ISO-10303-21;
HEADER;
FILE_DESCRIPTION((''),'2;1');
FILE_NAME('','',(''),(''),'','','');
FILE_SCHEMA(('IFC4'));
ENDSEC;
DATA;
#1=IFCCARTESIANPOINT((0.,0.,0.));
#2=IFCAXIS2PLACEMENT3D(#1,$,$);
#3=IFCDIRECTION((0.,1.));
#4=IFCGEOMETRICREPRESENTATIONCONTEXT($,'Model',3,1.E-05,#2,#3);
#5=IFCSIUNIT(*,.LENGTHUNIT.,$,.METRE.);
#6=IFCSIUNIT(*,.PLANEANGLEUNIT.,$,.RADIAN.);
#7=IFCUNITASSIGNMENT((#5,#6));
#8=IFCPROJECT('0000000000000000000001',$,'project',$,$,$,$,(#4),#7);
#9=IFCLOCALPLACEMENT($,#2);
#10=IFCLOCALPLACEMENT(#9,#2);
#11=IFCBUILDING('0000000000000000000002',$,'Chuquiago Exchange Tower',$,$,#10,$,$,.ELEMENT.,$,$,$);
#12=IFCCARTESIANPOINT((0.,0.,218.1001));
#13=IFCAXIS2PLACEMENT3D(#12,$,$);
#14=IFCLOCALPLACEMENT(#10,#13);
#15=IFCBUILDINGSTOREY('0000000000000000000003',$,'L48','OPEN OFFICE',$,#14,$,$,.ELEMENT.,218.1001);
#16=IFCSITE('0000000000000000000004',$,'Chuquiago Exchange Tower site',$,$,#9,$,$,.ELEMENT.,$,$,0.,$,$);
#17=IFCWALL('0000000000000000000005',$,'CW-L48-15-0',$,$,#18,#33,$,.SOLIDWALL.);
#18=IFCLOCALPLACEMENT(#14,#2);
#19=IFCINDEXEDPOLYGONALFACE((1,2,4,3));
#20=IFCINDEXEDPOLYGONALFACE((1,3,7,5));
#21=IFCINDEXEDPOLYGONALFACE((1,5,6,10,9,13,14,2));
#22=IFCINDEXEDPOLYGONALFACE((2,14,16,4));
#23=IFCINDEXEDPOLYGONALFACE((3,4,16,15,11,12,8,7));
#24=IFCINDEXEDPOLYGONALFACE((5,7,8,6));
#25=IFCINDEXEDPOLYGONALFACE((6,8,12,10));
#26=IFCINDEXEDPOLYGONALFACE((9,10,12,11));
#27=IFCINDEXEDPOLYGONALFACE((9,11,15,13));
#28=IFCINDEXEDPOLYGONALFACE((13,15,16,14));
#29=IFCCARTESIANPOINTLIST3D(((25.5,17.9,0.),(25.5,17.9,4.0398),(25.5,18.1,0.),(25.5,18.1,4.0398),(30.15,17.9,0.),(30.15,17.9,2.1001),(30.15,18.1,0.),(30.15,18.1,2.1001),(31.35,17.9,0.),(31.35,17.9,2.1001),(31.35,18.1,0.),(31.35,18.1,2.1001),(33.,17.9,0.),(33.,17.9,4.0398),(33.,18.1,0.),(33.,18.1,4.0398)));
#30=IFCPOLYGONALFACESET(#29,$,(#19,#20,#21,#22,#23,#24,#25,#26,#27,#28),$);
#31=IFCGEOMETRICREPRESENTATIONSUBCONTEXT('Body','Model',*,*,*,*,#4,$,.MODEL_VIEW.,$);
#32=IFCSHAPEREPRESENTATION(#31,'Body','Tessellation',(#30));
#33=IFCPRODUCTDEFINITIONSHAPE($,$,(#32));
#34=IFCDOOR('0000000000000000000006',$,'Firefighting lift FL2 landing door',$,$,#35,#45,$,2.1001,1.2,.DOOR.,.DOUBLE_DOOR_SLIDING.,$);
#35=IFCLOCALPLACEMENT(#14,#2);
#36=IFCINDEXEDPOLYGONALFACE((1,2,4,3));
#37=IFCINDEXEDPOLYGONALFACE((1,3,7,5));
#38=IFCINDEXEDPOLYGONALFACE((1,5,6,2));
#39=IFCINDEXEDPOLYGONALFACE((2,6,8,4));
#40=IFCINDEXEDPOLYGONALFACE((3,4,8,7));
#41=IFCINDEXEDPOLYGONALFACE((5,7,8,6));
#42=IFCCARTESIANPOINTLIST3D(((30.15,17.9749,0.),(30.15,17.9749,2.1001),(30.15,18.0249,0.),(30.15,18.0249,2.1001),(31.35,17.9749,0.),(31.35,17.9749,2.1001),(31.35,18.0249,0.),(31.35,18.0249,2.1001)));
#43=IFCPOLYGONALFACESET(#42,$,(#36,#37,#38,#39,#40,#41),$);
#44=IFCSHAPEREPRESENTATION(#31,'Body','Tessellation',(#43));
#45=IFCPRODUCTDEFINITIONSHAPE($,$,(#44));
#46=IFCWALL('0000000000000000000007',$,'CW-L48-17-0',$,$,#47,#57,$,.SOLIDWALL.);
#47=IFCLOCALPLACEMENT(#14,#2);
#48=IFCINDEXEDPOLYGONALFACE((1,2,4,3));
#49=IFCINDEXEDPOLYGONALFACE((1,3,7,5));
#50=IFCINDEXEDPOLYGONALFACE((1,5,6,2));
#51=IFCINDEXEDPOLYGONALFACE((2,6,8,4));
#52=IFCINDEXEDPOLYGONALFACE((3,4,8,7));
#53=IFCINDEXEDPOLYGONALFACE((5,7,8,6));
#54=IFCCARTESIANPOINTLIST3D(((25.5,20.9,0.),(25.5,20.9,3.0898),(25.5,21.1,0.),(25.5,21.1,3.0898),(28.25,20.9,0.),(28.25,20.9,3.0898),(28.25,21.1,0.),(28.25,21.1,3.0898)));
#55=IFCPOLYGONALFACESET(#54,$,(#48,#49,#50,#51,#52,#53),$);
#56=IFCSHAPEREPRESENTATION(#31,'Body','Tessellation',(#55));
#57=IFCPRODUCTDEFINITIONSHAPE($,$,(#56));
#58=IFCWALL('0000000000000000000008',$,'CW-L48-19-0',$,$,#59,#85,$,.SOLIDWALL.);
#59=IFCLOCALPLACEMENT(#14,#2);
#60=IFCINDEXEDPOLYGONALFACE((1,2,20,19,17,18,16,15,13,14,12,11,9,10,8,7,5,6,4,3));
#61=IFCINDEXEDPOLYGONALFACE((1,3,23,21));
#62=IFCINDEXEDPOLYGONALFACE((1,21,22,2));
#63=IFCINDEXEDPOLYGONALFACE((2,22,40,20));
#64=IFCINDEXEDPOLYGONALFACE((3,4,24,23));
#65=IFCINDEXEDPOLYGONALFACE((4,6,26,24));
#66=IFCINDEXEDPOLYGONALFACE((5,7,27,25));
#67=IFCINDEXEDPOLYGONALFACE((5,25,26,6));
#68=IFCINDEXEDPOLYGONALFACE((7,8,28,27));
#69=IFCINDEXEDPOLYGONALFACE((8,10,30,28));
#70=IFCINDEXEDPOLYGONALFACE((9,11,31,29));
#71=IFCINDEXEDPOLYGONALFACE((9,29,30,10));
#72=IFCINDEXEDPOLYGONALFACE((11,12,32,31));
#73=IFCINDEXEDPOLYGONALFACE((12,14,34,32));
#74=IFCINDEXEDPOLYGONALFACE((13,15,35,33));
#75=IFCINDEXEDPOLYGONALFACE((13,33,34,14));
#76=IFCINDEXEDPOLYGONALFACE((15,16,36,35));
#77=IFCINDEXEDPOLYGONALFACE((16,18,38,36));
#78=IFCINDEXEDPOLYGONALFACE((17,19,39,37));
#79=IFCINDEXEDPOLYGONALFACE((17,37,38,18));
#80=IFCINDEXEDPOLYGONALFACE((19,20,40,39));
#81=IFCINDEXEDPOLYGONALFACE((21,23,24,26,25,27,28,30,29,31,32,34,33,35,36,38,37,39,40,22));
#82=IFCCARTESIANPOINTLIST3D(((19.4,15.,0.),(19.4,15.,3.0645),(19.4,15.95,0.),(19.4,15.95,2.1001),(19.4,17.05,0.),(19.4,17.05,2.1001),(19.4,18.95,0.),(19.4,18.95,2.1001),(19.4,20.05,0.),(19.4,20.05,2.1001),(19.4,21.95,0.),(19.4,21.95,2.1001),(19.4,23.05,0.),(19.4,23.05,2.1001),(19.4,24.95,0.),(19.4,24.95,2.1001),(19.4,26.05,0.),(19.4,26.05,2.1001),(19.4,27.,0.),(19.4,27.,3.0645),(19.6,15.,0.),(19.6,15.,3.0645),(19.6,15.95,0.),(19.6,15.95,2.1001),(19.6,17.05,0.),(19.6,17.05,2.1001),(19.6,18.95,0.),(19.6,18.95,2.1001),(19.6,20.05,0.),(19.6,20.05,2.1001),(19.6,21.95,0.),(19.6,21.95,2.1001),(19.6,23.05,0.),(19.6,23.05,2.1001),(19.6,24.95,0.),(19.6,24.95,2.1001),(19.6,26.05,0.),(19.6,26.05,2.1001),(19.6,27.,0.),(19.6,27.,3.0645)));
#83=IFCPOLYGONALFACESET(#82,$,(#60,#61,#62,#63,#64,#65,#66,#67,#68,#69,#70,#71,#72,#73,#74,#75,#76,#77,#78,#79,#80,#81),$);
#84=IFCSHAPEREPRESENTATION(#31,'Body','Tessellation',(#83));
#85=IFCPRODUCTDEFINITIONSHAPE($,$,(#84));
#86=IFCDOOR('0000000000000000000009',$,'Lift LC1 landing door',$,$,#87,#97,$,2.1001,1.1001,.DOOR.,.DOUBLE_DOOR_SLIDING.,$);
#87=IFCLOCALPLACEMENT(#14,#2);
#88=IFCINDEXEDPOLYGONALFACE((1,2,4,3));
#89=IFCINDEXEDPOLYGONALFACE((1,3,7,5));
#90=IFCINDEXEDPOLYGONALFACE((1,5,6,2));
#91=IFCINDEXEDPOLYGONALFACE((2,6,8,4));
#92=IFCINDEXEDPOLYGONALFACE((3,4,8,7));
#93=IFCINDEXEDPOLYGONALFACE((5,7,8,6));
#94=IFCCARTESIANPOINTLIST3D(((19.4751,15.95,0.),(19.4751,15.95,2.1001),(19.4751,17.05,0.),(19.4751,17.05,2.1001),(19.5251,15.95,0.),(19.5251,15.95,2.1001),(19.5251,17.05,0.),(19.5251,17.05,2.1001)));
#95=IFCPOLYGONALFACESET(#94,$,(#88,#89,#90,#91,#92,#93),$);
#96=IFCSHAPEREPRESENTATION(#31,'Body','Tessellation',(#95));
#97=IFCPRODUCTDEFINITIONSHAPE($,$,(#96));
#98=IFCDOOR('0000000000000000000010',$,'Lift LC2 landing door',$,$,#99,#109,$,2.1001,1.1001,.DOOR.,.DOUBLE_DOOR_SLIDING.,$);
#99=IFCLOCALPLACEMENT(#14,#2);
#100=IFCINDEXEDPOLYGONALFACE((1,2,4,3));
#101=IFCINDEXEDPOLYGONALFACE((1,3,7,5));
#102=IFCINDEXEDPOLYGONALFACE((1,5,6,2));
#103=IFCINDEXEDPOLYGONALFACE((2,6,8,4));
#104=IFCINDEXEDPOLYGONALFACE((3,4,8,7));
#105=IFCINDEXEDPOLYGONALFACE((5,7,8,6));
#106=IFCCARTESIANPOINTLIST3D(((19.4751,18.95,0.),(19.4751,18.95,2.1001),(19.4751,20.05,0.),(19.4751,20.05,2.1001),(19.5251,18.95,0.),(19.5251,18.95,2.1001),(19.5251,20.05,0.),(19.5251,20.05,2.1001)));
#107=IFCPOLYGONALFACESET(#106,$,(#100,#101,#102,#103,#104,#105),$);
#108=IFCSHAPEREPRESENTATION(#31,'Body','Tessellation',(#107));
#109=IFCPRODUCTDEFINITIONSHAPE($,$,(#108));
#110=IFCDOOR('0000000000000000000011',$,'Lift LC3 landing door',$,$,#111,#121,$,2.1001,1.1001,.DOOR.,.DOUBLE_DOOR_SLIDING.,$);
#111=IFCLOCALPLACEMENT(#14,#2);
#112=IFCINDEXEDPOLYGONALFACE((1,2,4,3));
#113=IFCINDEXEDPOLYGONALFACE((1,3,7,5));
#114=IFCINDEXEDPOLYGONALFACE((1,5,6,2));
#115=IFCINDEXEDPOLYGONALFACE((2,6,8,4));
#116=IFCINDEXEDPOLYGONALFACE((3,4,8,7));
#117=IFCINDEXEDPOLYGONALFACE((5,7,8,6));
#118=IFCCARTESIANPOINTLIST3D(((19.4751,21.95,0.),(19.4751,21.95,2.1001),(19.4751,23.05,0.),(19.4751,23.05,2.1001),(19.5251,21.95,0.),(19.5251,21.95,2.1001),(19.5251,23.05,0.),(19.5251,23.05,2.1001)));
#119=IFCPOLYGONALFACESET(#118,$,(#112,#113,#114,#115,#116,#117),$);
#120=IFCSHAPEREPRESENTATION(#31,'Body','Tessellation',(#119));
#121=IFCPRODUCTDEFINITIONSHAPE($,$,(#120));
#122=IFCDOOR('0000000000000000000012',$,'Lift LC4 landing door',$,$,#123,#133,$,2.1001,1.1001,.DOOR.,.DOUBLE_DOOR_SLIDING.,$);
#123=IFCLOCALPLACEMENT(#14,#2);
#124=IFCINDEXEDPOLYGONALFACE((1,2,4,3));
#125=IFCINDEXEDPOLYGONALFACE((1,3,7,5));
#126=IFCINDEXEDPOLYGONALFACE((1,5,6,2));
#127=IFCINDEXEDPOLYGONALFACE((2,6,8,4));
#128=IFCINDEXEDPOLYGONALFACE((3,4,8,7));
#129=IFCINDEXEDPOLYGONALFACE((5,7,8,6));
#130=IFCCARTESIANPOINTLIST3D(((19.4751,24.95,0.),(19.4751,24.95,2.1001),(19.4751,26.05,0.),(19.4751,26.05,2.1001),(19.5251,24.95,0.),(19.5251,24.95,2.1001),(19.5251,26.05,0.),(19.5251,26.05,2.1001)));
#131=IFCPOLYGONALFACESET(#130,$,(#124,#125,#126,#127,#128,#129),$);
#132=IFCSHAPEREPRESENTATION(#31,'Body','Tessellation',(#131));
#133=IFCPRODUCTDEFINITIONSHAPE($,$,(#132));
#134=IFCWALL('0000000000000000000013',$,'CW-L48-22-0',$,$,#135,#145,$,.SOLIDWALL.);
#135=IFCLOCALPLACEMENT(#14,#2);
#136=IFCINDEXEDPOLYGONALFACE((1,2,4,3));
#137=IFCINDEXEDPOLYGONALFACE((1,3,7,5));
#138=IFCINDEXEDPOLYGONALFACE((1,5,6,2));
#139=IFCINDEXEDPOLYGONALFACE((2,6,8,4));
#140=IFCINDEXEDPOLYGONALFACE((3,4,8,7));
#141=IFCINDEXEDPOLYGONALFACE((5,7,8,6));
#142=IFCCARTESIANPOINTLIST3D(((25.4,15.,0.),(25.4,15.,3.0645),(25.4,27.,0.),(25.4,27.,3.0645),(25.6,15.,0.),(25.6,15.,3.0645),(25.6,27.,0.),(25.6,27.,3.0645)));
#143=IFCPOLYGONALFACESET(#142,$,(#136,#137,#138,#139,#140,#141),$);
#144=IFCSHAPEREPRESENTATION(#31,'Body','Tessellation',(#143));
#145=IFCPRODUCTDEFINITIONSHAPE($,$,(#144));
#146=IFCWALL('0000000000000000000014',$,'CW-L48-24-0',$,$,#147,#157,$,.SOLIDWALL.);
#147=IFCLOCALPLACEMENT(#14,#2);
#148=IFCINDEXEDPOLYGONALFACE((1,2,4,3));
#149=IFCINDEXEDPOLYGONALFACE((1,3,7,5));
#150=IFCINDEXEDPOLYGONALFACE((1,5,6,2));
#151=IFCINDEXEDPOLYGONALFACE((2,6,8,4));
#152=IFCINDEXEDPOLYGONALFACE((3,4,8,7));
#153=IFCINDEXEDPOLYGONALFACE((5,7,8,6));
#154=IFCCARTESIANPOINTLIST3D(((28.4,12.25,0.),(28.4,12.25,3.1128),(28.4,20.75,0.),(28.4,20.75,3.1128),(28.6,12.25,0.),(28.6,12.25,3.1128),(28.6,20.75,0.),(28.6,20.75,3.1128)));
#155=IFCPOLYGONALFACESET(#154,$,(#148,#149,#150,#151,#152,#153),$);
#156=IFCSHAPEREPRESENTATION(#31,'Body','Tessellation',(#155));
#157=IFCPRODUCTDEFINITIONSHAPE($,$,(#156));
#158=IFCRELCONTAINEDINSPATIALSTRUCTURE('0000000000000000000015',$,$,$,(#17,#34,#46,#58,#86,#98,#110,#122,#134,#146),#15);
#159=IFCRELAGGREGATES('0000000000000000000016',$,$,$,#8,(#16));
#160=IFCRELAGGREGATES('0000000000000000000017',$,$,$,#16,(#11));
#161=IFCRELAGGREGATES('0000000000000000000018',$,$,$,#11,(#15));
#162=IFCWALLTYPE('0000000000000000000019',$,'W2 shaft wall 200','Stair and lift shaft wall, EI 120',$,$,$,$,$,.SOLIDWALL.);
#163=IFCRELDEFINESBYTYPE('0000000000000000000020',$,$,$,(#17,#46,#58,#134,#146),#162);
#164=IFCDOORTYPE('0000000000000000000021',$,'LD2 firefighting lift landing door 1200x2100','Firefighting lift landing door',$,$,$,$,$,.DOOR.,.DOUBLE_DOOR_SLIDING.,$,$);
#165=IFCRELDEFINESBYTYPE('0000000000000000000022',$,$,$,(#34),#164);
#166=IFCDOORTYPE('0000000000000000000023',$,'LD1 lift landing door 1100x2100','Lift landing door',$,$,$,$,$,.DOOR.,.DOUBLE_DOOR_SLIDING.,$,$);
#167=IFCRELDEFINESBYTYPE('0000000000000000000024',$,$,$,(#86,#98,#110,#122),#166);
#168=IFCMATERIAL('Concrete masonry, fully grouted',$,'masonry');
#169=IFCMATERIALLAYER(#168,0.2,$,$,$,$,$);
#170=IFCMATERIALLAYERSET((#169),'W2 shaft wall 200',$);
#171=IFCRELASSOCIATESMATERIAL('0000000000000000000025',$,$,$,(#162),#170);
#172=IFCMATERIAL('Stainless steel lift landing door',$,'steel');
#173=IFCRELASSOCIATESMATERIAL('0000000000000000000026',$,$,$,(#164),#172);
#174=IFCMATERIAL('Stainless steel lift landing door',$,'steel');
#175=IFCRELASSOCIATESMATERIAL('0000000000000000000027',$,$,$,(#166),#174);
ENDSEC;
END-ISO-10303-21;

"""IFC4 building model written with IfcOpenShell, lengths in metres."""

from ifc_helpers import new_model, si_unit, direction, frame, frame_2d, origin, place, context, subcontext, project, spatial, rectangle, extrude, material, layer, layer_set, type_object, element, fill, save


model = new_model("IFC4")

# Units and contexts
model_context = context("Model", 3, precision=1e-05, world=origin(), true_north=direction((0.0, 1.0)))
body_context = subcontext(model_context, "Body", "Model", "MODEL_VIEW")
ifc_project = project(units=[si_unit("LENGTHUNIT", "METRE"), si_unit("PLANEANGLEUNIT", "RADIAN")], contexts=[model_context])

# Site, building, storey
site_placement = place(None, origin())
site = spatial("IfcSite", under=ifc_project, at=site_placement, Name="Chuquiago Exchange Tower site", CompositionType="ELEMENT", RefElevation=0.0)
building_placement = place(site_placement, origin())
building = spatial("IfcBuilding", under=site, at=building_placement, Name="Chuquiago Exchange Tower", CompositionType="ELEMENT")
storey_placement = place(building_placement, frame((0.0, 0.0, 218.1001)))
storey = spatial("IfcBuildingStorey", under=building, at=storey_placement, Name="L48", Description="OPEN OFFICE", CompositionType="ELEMENT", Elevation=218.1001)

# Shared definitions
ifc_material_1 = material(Name="Concrete masonry, fully grouted", Category="masonry")
ifc_layer_1 = layer(ifc_material_1, 0.2)
ifc_layer_set_1 = layer_set([ifc_layer_1], Name="W2 shaft wall 200")
wall_type_1 = type_object("IfcWallType", Name="W2 shaft wall 200", Description="Stair and lift shaft wall, EI 120", PredefinedType="SOLIDWALL", material=ifc_layer_set_1)

# Wall, opening, door
wall_1_placement = place(storey_placement, frame((25.5, 18.0, 0.0), z_axis=(0.0, 0.0, 1.0), x_axis=(1.0, 0.0, 0.0)))
wall_1 = element("IfcWall", 1, at=wall_1_placement, inside=storey, type_object=wall_type_1, Name="CW-L48-15-0", PredefinedType="SOLIDWALL", context=body_context, shape_type="SweptSolid", body=[
    extrude(rectangle(XDim=7.5, YDim=0.2, at=frame_2d((3.75, 0.0))), origin(), (0.0, 0.0, 1.0), 4.0398),
])
opening_1_placement = place(wall_1_placement, frame((4.6499, 0.0, 0.0)))
opening_1 = element("IfcOpeningElement", 2, at=opening_1_placement, cuts=wall_1, PredefinedType="OPENING", context=body_context, shape_type="SweptSolid", body=[
    extrude(rectangle(XDim=1.2, YDim=2.1001, at=frame_2d((0.6001, 1.05))), frame((0.0, 0.1099, 0.0), z_axis=(0.0, -1.0, 0.0), x_axis=(1.0, 0.0, 0.0)), (0.0, 0.0, 1.0), 0.22),
])
ifc_material_2 = material(Name="Stainless steel lift landing door", Category="steel")
door_type_1 = type_object("IfcDoorType", Name="LD2 firefighting lift landing door 1200x2100", Description="Firefighting lift landing door", OperationType="DOUBLE_DOOR_SLIDING", PredefinedType="DOOR", material=ifc_material_2)
door_1_placement = place(opening_1_placement, origin())
door_1 = element("IfcDoor", 3, at=door_1_placement, inside=storey, type_object=door_type_1, Name="Firefighting lift FL2 landing door", OperationType="DOUBLE_DOOR_SLIDING", OverallHeight=2.1001, OverallWidth=1.2, PredefinedType="DOOR", context=body_context, shape_type="SweptSolid", body=[
    extrude(rectangle(XDim=1.2, YDim=2.1001, at=frame_2d((0.6001, 1.05))), frame((0.0, 0.0249, 0.0), z_axis=(0.0, -1.0, 0.0), x_axis=(1.0, 0.0, 0.0)), (0.0, 0.0, 1.0), 0.05),
])
fill(opening_1, door_1)

# Wall
wall_2_placement = place(storey_placement, frame((25.5, 21.0, 0.0), z_axis=(0.0, 0.0, 1.0), x_axis=(1.0, 0.0, 0.0)))
element("IfcWall", 4, at=wall_2_placement, inside=storey, type_object=wall_type_1, Name="CW-L48-17-0", PredefinedType="SOLIDWALL", context=body_context, shape_type="SweptSolid", body=[
    extrude(rectangle(XDim=2.75, YDim=0.2, at=frame_2d((1.375, 0.0))), origin(), (0.0, 0.0, 1.0), 3.0898),
])

# Wall, openings, doors
wall_3_placement = place(storey_placement, frame((19.5, 15.0, 0.0), z_axis=(0.0, 0.0, 1.0), x_axis=(0.0, 1.0, 0.0)))
wall_3 = element("IfcWall", 5, at=wall_3_placement, inside=storey, type_object=wall_type_1, Name="CW-L48-19-0", PredefinedType="SOLIDWALL", context=body_context, shape_type="SweptSolid", body=[
    extrude(rectangle(XDim=12.0, YDim=0.2, at=frame_2d((6.0, 0.0))), origin(), (0.0, 0.0, 1.0), 3.0645),
])
opening_2_placement = place(wall_3_placement, frame((0.95, 0.0, 0.0)))
opening_2 = element("IfcOpeningElement", 6, at=opening_2_placement, cuts=wall_3, PredefinedType="OPENING", context=body_context, shape_type="SweptSolid", body=[
    extrude(rectangle(XDim=1.1001, YDim=2.1001, at=frame_2d((0.55, 1.05))), frame((0.0, 0.1099, 0.0), z_axis=(0.0, -1.0, 0.0), x_axis=(1.0, 0.0, 0.0)), (0.0, 0.0, 1.0), 0.22),
])
opening_3_placement = place(wall_3_placement, frame((3.95, 0.0, 0.0)))
opening_3 = element("IfcOpeningElement", 7, at=opening_3_placement, cuts=wall_3, PredefinedType="OPENING", context=body_context, shape_type="SweptSolid", body=[
    extrude(rectangle(XDim=1.1001, YDim=2.1001, at=frame_2d((0.55, 1.05))), frame((0.0, 0.1099, 0.0), z_axis=(0.0, -1.0, 0.0), x_axis=(1.0, 0.0, 0.0)), (0.0, 0.0, 1.0), 0.22),
])
opening_4_placement = place(wall_3_placement, frame((6.95, 0.0, 0.0)))
opening_4 = element("IfcOpeningElement", 8, at=opening_4_placement, cuts=wall_3, PredefinedType="OPENING", context=body_context, shape_type="SweptSolid", body=[
    extrude(rectangle(XDim=1.1001, YDim=2.1001, at=frame_2d((0.55, 1.05))), frame((0.0, 0.1099, 0.0), z_axis=(0.0, -1.0, 0.0), x_axis=(1.0, 0.0, 0.0)), (0.0, 0.0, 1.0), 0.22),
])
opening_5_placement = place(wall_3_placement, frame((9.95, 0.0, 0.0)))
opening_5 = element("IfcOpeningElement", 9, at=opening_5_placement, cuts=wall_3, PredefinedType="OPENING", context=body_context, shape_type="SweptSolid", body=[
    extrude(rectangle(XDim=1.1001, YDim=2.1001, at=frame_2d((0.55, 1.05))), frame((0.0, 0.1099, 0.0), z_axis=(0.0, -1.0, 0.0), x_axis=(1.0, 0.0, 0.0)), (0.0, 0.0, 1.0), 0.22),
])
ifc_material_3 = material(Name="Stainless steel lift landing door", Category="steel")
door_type_2 = type_object("IfcDoorType", Name="LD1 lift landing door 1100x2100", Description="Lift landing door", OperationType="DOUBLE_DOOR_SLIDING", PredefinedType="DOOR", material=ifc_material_3)
door_2_placement = place(opening_2_placement, origin())
door_2 = element("IfcDoor", 10, at=door_2_placement, inside=storey, type_object=door_type_2, Name="Lift LC1 landing door", OperationType="DOUBLE_DOOR_SLIDING", OverallHeight=2.1001, OverallWidth=1.1001, PredefinedType="DOOR", context=body_context, shape_type="SweptSolid", body=[
    extrude(rectangle(XDim=1.1001, YDim=2.1001, at=frame_2d((0.55, 1.05))), frame((0.0, 0.0249, 0.0), z_axis=(0.0, -1.0, 0.0), x_axis=(1.0, 0.0, 0.0)), (0.0, 0.0, 1.0), 0.05),
])
fill(opening_2, door_2)
door_3_placement = place(opening_3_placement, origin())
door_3 = element("IfcDoor", 11, at=door_3_placement, inside=storey, type_object=door_type_2, Name="Lift LC2 landing door", OperationType="DOUBLE_DOOR_SLIDING", OverallHeight=2.1001, OverallWidth=1.1001, PredefinedType="DOOR", context=body_context, shape_type="SweptSolid", body=[
    extrude(rectangle(XDim=1.1001, YDim=2.1001, at=frame_2d((0.55, 1.05))), frame((0.0, 0.0249, 0.0), z_axis=(0.0, -1.0, 0.0), x_axis=(1.0, 0.0, 0.0)), (0.0, 0.0, 1.0), 0.05),
])
fill(opening_3, door_3)
door_4_placement = place(opening_4_placement, origin())
door_4 = element("IfcDoor", 12, at=door_4_placement, inside=storey, type_object=door_type_2, Name="Lift LC3 landing door", OperationType="DOUBLE_DOOR_SLIDING", OverallHeight=2.1001, OverallWidth=1.1001, PredefinedType="DOOR", context=body_context, shape_type="SweptSolid", body=[
    extrude(rectangle(XDim=1.1001, YDim=2.1001, at=frame_2d((0.55, 1.05))), frame((0.0, 0.0249, 0.0), z_axis=(0.0, -1.0, 0.0), x_axis=(1.0, 0.0, 0.0)), (0.0, 0.0, 1.0), 0.05),
])
fill(opening_4, door_4)
door_5_placement = place(opening_5_placement, origin())
door_5 = element("IfcDoor", 13, at=door_5_placement, inside=storey, type_object=door_type_2, Name="Lift LC4 landing door", OperationType="DOUBLE_DOOR_SLIDING", OverallHeight=2.1001, OverallWidth=1.1001, PredefinedType="DOOR", context=body_context, shape_type="SweptSolid", body=[
    extrude(rectangle(XDim=1.1001, YDim=2.1001, at=frame_2d((0.55, 1.05))), frame((0.0, 0.0249, 0.0), z_axis=(0.0, -1.0, 0.0), x_axis=(1.0, 0.0, 0.0)), (0.0, 0.0, 1.0), 0.05),
])
fill(opening_5, door_5)

# Walls
wall_4_placement = place(storey_placement, frame((25.5, 15.0, 0.0), z_axis=(0.0, 0.0, 1.0), x_axis=(0.0, 1.0, 0.0)))
element("IfcWall", 14, at=wall_4_placement, inside=storey, type_object=wall_type_1, Name="CW-L48-22-0", PredefinedType="SOLIDWALL", context=body_context, shape_type="SweptSolid", body=[
    extrude(rectangle(XDim=12.0, YDim=0.2, at=frame_2d((6.0, 0.0))), origin(), (0.0, 0.0, 1.0), 3.0645),
])
wall_5_placement = place(storey_placement, frame((28.5, 12.25, 0.0), z_axis=(0.0, 0.0, 1.0), x_axis=(0.0, 1.0, 0.0)))
element("IfcWall", 15, at=wall_5_placement, inside=storey, type_object=wall_type_1, Name="CW-L48-24-0", PredefinedType="SOLIDWALL", context=body_context, shape_type="SweptSolid", body=[
    extrude(rectangle(XDim=8.5, YDim=0.2, at=frame_2d((4.25, 0.0))), origin(), (0.0, 0.0, 1.0), 3.1128),
])

save(model, "model.ifc")
